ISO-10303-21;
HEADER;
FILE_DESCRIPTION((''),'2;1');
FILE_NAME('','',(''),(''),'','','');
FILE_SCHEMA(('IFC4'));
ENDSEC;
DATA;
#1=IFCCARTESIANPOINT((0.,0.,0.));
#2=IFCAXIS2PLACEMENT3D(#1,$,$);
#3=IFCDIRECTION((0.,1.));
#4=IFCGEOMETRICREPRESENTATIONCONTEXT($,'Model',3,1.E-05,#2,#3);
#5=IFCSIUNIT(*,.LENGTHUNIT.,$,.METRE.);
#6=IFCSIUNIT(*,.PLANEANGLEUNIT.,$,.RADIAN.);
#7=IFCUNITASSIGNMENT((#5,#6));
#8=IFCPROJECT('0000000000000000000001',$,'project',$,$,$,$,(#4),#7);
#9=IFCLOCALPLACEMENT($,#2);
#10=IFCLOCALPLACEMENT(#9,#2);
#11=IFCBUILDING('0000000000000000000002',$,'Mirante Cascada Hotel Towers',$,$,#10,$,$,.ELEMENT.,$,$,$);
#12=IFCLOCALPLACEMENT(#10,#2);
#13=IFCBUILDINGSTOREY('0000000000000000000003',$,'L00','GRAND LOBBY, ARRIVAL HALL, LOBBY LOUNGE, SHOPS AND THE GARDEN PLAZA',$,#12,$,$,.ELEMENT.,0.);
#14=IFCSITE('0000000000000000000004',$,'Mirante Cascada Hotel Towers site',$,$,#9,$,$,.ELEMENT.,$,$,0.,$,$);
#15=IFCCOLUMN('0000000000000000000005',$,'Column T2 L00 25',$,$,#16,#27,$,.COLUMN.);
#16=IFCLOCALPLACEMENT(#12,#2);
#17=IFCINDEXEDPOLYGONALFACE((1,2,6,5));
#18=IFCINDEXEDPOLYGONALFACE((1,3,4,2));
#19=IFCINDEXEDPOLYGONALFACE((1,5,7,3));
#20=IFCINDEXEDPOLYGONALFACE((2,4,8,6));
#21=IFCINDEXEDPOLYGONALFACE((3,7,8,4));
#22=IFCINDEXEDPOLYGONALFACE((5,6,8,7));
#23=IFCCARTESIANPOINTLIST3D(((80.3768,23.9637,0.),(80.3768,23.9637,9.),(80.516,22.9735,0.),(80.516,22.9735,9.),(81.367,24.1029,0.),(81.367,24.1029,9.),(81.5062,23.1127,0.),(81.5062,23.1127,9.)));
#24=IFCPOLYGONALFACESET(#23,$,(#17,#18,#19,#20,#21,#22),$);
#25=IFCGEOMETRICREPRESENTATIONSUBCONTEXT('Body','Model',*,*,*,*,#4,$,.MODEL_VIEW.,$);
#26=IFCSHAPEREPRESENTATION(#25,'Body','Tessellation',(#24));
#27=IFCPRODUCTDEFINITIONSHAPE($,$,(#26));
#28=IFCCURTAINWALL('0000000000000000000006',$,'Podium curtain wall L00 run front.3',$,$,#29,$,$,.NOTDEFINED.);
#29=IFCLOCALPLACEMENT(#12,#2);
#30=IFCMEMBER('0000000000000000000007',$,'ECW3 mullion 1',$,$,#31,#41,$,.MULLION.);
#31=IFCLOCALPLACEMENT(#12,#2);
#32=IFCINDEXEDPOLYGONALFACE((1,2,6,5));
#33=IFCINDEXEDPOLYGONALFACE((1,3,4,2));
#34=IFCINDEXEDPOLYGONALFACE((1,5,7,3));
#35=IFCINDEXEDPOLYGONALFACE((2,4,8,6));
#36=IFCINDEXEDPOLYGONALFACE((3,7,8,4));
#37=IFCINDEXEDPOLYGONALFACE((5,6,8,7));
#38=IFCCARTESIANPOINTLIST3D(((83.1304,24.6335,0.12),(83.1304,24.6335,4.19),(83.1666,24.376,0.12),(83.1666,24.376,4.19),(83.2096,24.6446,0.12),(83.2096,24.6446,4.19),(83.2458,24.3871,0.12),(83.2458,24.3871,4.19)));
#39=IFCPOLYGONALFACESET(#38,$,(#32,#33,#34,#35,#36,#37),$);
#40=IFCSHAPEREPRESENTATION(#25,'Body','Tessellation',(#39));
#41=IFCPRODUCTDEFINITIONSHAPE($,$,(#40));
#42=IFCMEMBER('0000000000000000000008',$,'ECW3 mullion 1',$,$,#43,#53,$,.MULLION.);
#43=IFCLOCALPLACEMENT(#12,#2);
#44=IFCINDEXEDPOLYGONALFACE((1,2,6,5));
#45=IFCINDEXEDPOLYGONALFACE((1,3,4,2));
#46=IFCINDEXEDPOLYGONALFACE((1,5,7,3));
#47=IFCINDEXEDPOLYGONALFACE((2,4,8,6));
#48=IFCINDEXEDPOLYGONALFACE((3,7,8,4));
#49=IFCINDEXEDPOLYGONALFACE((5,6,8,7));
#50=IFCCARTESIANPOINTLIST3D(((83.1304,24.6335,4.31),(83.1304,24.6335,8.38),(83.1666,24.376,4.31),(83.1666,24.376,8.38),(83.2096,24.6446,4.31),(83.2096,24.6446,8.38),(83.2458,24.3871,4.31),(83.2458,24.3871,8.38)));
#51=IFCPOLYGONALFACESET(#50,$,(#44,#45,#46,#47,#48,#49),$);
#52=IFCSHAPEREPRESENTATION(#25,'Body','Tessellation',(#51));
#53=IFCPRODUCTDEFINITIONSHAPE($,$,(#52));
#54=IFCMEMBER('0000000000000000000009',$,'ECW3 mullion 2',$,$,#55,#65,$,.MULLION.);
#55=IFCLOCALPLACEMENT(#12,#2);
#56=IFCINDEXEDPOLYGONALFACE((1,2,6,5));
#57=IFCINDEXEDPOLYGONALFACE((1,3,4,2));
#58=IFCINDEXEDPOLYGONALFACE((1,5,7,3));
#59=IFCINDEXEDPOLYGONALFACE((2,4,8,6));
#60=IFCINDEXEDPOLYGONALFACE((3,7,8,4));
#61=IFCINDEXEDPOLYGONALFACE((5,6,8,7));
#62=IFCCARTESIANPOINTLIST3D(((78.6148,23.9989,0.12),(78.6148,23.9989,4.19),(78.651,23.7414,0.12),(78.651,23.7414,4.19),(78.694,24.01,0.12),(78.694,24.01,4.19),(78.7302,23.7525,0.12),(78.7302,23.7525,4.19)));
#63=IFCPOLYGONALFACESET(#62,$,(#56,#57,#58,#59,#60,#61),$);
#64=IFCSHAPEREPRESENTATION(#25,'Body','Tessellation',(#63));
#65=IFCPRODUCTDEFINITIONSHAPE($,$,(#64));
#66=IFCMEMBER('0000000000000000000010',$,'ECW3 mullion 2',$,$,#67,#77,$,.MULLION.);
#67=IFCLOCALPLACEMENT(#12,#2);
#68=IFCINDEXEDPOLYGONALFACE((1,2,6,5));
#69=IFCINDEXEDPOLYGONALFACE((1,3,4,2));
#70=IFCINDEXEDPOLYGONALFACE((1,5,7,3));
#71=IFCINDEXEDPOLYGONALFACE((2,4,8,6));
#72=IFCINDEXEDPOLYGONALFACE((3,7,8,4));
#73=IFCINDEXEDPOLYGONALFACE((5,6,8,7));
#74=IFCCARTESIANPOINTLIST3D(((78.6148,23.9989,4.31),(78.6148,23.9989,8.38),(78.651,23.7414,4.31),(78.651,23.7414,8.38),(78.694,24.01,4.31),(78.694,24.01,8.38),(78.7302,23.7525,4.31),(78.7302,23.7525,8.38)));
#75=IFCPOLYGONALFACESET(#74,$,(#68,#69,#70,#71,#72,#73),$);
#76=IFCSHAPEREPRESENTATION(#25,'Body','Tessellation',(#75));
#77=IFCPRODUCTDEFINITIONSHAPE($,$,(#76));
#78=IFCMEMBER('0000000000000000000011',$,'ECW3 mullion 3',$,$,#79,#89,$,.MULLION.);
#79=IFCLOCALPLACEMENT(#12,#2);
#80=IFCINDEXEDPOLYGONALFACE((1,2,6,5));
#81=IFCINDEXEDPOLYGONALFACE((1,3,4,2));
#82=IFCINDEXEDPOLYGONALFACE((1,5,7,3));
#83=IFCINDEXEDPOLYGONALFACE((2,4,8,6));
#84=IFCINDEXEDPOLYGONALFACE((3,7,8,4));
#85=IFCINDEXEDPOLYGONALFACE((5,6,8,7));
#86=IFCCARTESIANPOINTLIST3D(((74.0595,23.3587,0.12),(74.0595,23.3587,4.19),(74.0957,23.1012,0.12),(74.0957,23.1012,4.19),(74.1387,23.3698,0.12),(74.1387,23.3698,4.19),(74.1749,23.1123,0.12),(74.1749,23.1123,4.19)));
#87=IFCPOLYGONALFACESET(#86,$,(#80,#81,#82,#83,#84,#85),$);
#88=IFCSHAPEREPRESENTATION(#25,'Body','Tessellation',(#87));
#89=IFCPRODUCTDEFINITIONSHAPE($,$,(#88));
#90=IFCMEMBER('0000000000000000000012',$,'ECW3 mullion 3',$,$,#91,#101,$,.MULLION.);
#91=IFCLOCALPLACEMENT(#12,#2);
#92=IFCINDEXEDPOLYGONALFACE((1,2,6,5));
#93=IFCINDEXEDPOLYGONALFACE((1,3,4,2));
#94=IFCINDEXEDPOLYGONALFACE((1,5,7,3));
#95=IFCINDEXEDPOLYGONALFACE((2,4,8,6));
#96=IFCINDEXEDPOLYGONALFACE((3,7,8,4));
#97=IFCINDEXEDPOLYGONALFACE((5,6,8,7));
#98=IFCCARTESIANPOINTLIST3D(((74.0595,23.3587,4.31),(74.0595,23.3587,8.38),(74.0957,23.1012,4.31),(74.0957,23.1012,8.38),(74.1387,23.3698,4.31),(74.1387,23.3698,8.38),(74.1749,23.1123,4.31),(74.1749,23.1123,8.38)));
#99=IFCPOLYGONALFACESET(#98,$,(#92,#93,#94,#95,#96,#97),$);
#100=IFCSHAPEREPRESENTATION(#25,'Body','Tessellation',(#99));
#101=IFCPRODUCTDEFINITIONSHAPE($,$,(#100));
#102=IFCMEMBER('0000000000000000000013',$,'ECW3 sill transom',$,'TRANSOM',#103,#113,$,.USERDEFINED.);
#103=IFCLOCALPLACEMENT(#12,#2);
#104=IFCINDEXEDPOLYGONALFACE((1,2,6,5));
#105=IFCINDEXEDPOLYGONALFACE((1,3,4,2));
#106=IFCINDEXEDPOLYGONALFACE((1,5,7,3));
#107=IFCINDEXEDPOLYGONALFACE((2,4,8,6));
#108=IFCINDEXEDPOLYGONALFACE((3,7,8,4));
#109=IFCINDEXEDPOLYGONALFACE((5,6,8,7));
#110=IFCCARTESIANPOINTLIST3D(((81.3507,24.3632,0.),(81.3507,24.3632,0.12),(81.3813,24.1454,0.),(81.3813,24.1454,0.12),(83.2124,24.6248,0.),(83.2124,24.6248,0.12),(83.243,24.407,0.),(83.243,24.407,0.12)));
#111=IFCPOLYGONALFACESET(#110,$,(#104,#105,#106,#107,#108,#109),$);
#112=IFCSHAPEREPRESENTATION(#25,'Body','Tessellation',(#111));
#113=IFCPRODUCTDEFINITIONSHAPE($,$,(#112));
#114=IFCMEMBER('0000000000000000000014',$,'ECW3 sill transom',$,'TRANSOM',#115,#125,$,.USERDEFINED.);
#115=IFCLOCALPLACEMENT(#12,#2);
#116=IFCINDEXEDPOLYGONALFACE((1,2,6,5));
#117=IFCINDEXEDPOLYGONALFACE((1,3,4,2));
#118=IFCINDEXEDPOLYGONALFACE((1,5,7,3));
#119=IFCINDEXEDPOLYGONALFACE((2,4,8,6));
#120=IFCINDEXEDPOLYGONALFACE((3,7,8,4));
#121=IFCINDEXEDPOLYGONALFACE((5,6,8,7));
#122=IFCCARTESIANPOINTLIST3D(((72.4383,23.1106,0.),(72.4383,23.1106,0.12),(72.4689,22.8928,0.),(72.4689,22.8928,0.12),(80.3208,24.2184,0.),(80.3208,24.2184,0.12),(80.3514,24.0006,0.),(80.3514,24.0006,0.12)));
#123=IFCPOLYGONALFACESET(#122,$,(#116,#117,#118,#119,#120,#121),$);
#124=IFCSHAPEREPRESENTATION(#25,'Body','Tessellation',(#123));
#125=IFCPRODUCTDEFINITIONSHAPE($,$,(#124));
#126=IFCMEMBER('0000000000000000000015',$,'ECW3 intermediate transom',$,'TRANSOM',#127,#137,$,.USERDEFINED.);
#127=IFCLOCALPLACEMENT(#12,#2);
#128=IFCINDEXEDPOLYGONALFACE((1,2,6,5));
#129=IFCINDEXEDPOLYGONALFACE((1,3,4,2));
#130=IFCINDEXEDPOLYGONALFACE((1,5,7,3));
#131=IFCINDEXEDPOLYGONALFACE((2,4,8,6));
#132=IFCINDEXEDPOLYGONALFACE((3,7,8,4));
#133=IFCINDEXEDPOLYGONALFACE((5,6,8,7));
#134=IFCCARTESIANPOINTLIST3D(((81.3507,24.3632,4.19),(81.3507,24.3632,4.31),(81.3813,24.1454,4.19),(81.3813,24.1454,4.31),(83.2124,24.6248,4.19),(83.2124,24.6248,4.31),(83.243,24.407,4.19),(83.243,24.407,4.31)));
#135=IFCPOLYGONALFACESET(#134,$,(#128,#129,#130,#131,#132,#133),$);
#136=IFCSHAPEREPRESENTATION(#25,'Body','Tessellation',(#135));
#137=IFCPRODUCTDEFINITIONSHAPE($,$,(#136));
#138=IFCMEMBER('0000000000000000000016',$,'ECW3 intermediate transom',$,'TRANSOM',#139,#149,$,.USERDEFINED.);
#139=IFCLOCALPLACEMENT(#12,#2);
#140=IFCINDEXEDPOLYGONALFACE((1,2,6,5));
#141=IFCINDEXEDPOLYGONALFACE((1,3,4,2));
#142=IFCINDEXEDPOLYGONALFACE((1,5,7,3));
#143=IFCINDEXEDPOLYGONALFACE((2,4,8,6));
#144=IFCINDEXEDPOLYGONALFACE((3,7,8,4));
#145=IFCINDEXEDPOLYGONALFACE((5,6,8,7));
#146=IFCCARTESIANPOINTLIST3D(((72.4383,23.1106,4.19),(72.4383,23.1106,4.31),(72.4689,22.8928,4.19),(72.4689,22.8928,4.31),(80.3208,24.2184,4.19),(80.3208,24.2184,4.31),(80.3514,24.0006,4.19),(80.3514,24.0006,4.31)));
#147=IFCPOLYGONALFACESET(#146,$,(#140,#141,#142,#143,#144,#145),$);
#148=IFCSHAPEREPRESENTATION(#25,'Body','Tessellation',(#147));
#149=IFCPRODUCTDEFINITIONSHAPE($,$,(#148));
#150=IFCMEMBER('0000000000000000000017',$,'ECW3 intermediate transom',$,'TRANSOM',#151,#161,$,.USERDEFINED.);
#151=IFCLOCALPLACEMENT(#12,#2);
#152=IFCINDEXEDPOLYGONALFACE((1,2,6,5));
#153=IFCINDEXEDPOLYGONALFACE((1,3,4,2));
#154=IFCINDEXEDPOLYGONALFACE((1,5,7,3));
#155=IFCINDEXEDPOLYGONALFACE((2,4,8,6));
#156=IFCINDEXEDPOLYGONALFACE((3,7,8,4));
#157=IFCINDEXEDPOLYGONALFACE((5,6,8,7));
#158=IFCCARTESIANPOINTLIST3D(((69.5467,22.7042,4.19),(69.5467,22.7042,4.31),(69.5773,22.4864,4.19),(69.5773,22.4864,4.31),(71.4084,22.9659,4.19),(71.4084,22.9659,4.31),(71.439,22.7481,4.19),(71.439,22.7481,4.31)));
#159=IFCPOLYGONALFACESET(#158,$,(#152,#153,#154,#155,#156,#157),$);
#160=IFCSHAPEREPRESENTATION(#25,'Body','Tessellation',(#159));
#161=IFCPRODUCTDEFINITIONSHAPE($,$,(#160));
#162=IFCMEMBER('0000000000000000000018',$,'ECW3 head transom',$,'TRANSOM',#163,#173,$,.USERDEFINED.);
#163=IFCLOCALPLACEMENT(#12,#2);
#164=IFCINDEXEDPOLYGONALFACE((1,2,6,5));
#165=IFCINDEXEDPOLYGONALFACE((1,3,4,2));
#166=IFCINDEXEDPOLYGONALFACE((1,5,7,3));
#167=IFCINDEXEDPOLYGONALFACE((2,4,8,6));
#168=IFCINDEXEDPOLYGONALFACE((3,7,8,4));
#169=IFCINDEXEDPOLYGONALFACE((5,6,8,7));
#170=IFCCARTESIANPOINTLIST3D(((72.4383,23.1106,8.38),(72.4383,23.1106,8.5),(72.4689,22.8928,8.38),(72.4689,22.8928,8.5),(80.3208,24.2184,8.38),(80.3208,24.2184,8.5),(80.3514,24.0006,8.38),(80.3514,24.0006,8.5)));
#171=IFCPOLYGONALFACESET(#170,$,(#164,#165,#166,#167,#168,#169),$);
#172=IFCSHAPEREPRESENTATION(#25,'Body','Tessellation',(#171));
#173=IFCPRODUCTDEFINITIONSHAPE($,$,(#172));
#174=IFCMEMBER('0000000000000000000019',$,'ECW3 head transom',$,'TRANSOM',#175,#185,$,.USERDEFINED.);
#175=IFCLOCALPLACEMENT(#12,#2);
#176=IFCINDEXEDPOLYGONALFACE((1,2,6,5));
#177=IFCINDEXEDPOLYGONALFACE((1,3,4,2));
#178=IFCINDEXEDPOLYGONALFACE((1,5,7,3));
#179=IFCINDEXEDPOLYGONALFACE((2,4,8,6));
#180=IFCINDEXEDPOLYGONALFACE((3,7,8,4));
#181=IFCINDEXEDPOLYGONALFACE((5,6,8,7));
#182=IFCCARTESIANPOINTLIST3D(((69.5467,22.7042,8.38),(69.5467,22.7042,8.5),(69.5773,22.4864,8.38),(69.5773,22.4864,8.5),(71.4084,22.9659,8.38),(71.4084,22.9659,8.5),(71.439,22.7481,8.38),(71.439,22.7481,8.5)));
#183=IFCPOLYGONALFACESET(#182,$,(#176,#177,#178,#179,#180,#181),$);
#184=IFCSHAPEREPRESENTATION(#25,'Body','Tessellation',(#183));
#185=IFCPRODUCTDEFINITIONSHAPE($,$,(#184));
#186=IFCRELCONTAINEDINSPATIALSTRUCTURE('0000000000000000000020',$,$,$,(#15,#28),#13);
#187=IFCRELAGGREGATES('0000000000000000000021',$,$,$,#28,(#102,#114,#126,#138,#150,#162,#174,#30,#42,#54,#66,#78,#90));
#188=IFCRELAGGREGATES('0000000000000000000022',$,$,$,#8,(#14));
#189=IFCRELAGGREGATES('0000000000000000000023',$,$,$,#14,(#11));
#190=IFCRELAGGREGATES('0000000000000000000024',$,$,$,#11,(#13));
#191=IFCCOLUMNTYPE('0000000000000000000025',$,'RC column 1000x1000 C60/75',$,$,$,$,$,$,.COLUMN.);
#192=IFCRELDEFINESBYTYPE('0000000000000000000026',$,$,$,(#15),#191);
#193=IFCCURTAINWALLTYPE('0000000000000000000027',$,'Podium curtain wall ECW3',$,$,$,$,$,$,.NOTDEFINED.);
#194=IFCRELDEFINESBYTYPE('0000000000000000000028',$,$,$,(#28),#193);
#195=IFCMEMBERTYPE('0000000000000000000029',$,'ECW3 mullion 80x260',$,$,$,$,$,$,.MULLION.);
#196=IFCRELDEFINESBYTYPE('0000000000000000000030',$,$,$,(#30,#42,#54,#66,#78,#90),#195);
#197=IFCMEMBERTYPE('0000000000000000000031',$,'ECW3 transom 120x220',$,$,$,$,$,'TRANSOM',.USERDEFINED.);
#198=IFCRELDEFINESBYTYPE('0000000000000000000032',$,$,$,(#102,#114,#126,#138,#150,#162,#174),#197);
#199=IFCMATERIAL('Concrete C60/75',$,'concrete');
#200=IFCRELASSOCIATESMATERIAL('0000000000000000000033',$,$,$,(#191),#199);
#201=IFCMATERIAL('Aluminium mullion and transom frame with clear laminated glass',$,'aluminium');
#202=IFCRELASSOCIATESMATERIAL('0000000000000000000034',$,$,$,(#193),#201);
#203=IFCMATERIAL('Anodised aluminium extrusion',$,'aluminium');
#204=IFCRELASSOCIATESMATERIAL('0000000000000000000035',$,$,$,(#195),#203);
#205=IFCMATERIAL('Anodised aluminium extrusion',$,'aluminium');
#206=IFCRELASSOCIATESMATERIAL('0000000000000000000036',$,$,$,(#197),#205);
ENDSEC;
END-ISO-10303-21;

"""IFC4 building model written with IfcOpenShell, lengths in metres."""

from ifc_helpers import new_model, si_unit, direction, frame, origin, origin_2d, place, context, subcontext, project, spatial, rectangle, extrude, material, material_profile, profile_set, type_object, element, aggregate, save


model = new_model("IFC4")

# Units and contexts
model_context = context("Model", 3, precision=1e-05, world=origin(), true_north=direction((0.0, 1.0)))
body_context = subcontext(model_context, "Body", "Model", "MODEL_VIEW")
ifc_project = project(units=[si_unit("LENGTHUNIT", "METRE"), si_unit("PLANEANGLEUNIT", "RADIAN")], contexts=[model_context])

# Site, building, storey
site_placement = place(None, origin())
site = spatial("IfcSite", under=ifc_project, at=site_placement, Name="Mirante Cascada Hotel Towers site", CompositionType="ELEMENT", RefElevation=0.0)
building_placement = place(site_placement, origin())
building = spatial("IfcBuilding", under=site, at=building_placement, Name="Mirante Cascada Hotel Towers", CompositionType="ELEMENT")
storey_placement = place(building_placement, origin())
storey = spatial("IfcBuildingStorey", under=building, at=storey_placement, Name="L00", Description="GRAND LOBBY, ARRIVAL HALL, LOBBY LOUNGE, SHOPS AND THE GARDEN PLAZA", CompositionType="ELEMENT", Elevation=0.0)

# Column
ifc_material_1 = material(Name="Concrete C60/75", Category="concrete")
ifc_material_profile_1 = material_profile(ifc_material_1, rectangle(XDim=1.0, YDim=1.0, at=origin_2d()), Name="RC column 1000x1000 C60/75")
ifc_profile_set_1 = profile_set([ifc_material_profile_1], Name="Concrete C60/75")
column_type = type_object("IfcColumnType", Name="RC column 1000x1000 C60/75", PredefinedType="COLUMN", material=ifc_profile_set_1)
column_placement = place(storey_placement, frame((80.9415, 23.5382, 0.0), z_axis=(0.0, 0.0, 1.0), x_axis=(0.990268, 0.139173, 0.0)))
element("IfcColumn", 1, at=column_placement, inside=storey, type_object=column_type, Name="Column T2 L00 25", PredefinedType="COLUMN", context=body_context, shape_type="SweptSolid", body=[
    extrude(rectangle(XDim=1.0, YDim=1.0, at=origin_2d()), origin(), (0.0, 0.0, 1.0), 9.0),
])

# Curtain wall, members
ifc_material_2 = material(Name="Aluminium mullion and transom frame with clear laminated glass", Category="aluminium")
curtain_wall_type = type_object("IfcCurtainWallType", Name="Podium curtain wall ECW3", PredefinedType="NOTDEFINED", material=ifc_material_2)
curtain_wall_placement = place(storey_placement, origin())
curtain_wall = element("IfcCurtainWall", 2, at=curtain_wall_placement, inside=storey, type_object=curtain_wall_type, Name="Podium curtain wall L00 run front.3", PredefinedType="NOTDEFINED")
ifc_material_3 = material(Name="Anodised aluminium extrusion", Category="aluminium")
ifc_material_profile_2 = material_profile(ifc_material_3, rectangle(XDim=0.26, YDim=0.08, at=origin_2d()), Name="ECW3 MULLION 80x260")
ifc_profile_set_2 = profile_set([ifc_material_profile_2], Name="Anodised aluminium extrusion")
member_type_1 = type_object("IfcMemberType", Name="ECW3 mullion 80x260", PredefinedType="MULLION", material=ifc_profile_set_2)
member_1_placement = place(storey_placement, frame((83.1881, 24.5103, 0.12), z_axis=(0.0, 0.0, 1.0), x_axis=(0.139173, -0.990268, 0.0)))
member_1 = element("IfcMember", 3, at=member_1_placement, type_object=member_type_1, Name="ECW3 mullion 1", PredefinedType="MULLION", context=body_context, shape_type="SweptSolid", body=[
    extrude(rectangle(XDim=0.26, YDim=0.08, at=origin_2d()), origin(), (0.0, 0.0, 1.0), 4.07),
])
member_2_placement = place(storey_placement, frame((83.1881, 24.5103, 4.31), z_axis=(0.0, 0.0, 1.0), x_axis=(0.139173, -0.990268, 0.0)))
member_2 = element("IfcMember", 4, at=member_2_placement, type_object=member_type_1, Name="ECW3 mullion 1", PredefinedType="MULLION", context=body_context, shape_type="SweptSolid", body=[
    extrude(rectangle(XDim=0.26, YDim=0.08, at=origin_2d()), origin(), (0.0, 0.0, 1.0), 4.07),
])
member_3_placement = place(storey_placement, frame((78.6725, 23.8757, 0.12), z_axis=(0.0, 0.0, 1.0), x_axis=(0.139173, -0.990268, 0.0)))
member_3 = element("IfcMember", 5, at=member_3_placement, type_object=member_type_1, Name="ECW3 mullion 2", PredefinedType="MULLION", context=body_context, shape_type="SweptSolid", body=[
    extrude(rectangle(XDim=0.26, YDim=0.08, at=origin_2d()), origin(), (0.0, 0.0, 1.0), 4.07),
])
member_4_placement = place(storey_placement, frame((78.6725, 23.8757, 4.31), z_axis=(0.0, 0.0, 1.0), x_axis=(0.139173, -0.990268, 0.0)))
member_4 = element("IfcMember", 6, at=member_4_placement, type_object=member_type_1, Name="ECW3 mullion 2", PredefinedType="MULLION", context=body_context, shape_type="SweptSolid", body=[
    extrude(rectangle(XDim=0.26, YDim=0.08, at=origin_2d()), origin(), (0.0, 0.0, 1.0), 4.07),
])
member_5_placement = place(storey_placement, frame((74.1172, 23.2355, 0.12), z_axis=(0.0, 0.0, 1.0), x_axis=(0.139173, -0.990268, 0.0)))
member_5 = element("IfcMember", 7, at=member_5_placement, type_object=member_type_1, Name="ECW3 mullion 3", PredefinedType="MULLION", context=body_context, shape_type="SweptSolid", body=[
    extrude(rectangle(XDim=0.26, YDim=0.08, at=origin_2d()), origin(), (0.0, 0.0, 1.0), 4.07),
])
member_6_placement = place(storey_placement, frame((74.1172, 23.2355, 4.31), z_axis=(0.0, 0.0, 1.0), x_axis=(0.139173, -0.990268, 0.0)))
member_6 = element("IfcMember", 8, at=member_6_placement, type_object=member_type_1, Name="ECW3 mullion 3", PredefinedType="MULLION", context=body_context, shape_type="SweptSolid", body=[
    extrude(rectangle(XDim=0.26, YDim=0.08, at=origin_2d()), origin(), (0.0, 0.0, 1.0), 4.07),
])
ifc_material_4 = material(Name="Anodised aluminium extrusion", Category="aluminium")
ifc_material_profile_3 = material_profile(ifc_material_4, rectangle(XDim=0.22, YDim=0.12, at=origin_2d()), Name="ECW3 TRANSOM 120x220")
ifc_profile_set_3 = profile_set([ifc_material_profile_3], Name="Anodised aluminium extrusion")
member_type_2 = type_object("IfcMemberType", Name="ECW3 transom 120x220", ElementType="TRANSOM", PredefinedType="USERDEFINED", material=ifc_profile_set_3)
member_7_placement = place(storey_placement, frame((83.2277, 24.5159, 0.06), z_axis=(-0.990271, -0.13915, 0.0), x_axis=(0.13915, -0.990271, 0.0)))
member_7 = element("IfcMember", 9, at=member_7_placement, type_object=member_type_2, Name="ECW3 sill transom", ObjectType="TRANSOM", PredefinedType="USERDEFINED", context=body_context, shape_type="SweptSolid", body=[
    extrude(rectangle(XDim=0.22, YDim=0.12, at=origin_2d()), origin(), (0.0, 0.0, 1.0), 1.88),
])
member_8_placement = place(storey_placement, frame((80.3361, 24.1095, 0.06), z_axis=(-0.990268, -0.139172, 0.0), x_axis=(0.139172, -0.990268, 0.0)))
member_8 = element("IfcMember", 10, at=member_8_placement, type_object=member_type_2, Name="ECW3 sill transom", ObjectType="TRANSOM", PredefinedType="USERDEFINED", context=body_context, shape_type="SweptSolid", body=[
    extrude(rectangle(XDim=0.22, YDim=0.12, at=origin_2d()), origin(), (0.0, 0.0, 1.0), 7.96),
])
member_9_placement = place(storey_placement, frame((83.2277, 24.5159, 4.25), z_axis=(-0.990271, -0.13915, 0.0), x_axis=(0.13915, -0.990271, 0.0)))
member_9 = element("IfcMember", 11, at=member_9_placement, type_object=member_type_2, Name="ECW3 intermediate transom", ObjectType="TRANSOM", PredefinedType="USERDEFINED", context=body_context, shape_type="SweptSolid", body=[
    extrude(rectangle(XDim=0.22, YDim=0.12, at=origin_2d()), origin(), (0.0, 0.0, 1.0), 1.88),
])
member_10_placement = place(storey_placement, frame((80.3361, 24.1095, 4.25), z_axis=(-0.990268, -0.139172, 0.0), x_axis=(0.139172, -0.990268, 0.0)))
member_10 = element("IfcMember", 12, at=member_10_placement, type_object=member_type_2, Name="ECW3 intermediate transom", ObjectType="TRANSOM", PredefinedType="USERDEFINED", context=body_context, shape_type="SweptSolid", body=[
    extrude(rectangle(XDim=0.22, YDim=0.12, at=origin_2d()), origin(), (0.0, 0.0, 1.0), 7.96),
])
member_11_placement = place(storey_placement, frame((71.4237, 22.857, 4.25), z_axis=(-0.990264, -0.139202, 0.0), x_axis=(0.139202, -0.990264, 0.0)))
member_11 = element("IfcMember", 13, at=member_11_placement, type_object=member_type_2, Name="ECW3 intermediate transom", ObjectType="TRANSOM", PredefinedType="USERDEFINED", context=body_context, shape_type="SweptSolid", body=[
    extrude(rectangle(XDim=0.22, YDim=0.12, at=origin_2d()), origin(), (0.0, 0.0, 1.0), 1.88),
])
member_12_placement = place(storey_placement, frame((80.3361, 24.1095, 8.44), z_axis=(-0.990268, -0.139172, 0.0), x_axis=(0.139172, -0.990268, 0.0)))
member_12 = element("IfcMember", 14, at=member_12_placement, type_object=member_type_2, Name="ECW3 head transom", ObjectType="TRANSOM", PredefinedType="USERDEFINED", context=body_context, shape_type="SweptSolid", body=[
    extrude(rectangle(XDim=0.22, YDim=0.12, at=origin_2d()), origin(), (0.0, 0.0, 1.0), 7.96),
])
member_13_placement = place(storey_placement, frame((71.4237, 22.857, 8.44), z_axis=(-0.990264, -0.139202, 0.0), x_axis=(0.139202, -0.990264, 0.0)))
member_13 = element("IfcMember", 15, at=member_13_placement, type_object=member_type_2, Name="ECW3 head transom", ObjectType="TRANSOM", PredefinedType="USERDEFINED", context=body_context, shape_type="SweptSolid", body=[
    extrude(rectangle(XDim=0.22, YDim=0.12, at=origin_2d()), origin(), (0.0, 0.0, 1.0), 1.88),
])
aggregate(curtain_wall, [member_7, member_8, member_9, member_10, member_11, member_12, member_13, member_1, member_2, member_3, member_4, member_5, member_6])

save(model, "model.ifc")
